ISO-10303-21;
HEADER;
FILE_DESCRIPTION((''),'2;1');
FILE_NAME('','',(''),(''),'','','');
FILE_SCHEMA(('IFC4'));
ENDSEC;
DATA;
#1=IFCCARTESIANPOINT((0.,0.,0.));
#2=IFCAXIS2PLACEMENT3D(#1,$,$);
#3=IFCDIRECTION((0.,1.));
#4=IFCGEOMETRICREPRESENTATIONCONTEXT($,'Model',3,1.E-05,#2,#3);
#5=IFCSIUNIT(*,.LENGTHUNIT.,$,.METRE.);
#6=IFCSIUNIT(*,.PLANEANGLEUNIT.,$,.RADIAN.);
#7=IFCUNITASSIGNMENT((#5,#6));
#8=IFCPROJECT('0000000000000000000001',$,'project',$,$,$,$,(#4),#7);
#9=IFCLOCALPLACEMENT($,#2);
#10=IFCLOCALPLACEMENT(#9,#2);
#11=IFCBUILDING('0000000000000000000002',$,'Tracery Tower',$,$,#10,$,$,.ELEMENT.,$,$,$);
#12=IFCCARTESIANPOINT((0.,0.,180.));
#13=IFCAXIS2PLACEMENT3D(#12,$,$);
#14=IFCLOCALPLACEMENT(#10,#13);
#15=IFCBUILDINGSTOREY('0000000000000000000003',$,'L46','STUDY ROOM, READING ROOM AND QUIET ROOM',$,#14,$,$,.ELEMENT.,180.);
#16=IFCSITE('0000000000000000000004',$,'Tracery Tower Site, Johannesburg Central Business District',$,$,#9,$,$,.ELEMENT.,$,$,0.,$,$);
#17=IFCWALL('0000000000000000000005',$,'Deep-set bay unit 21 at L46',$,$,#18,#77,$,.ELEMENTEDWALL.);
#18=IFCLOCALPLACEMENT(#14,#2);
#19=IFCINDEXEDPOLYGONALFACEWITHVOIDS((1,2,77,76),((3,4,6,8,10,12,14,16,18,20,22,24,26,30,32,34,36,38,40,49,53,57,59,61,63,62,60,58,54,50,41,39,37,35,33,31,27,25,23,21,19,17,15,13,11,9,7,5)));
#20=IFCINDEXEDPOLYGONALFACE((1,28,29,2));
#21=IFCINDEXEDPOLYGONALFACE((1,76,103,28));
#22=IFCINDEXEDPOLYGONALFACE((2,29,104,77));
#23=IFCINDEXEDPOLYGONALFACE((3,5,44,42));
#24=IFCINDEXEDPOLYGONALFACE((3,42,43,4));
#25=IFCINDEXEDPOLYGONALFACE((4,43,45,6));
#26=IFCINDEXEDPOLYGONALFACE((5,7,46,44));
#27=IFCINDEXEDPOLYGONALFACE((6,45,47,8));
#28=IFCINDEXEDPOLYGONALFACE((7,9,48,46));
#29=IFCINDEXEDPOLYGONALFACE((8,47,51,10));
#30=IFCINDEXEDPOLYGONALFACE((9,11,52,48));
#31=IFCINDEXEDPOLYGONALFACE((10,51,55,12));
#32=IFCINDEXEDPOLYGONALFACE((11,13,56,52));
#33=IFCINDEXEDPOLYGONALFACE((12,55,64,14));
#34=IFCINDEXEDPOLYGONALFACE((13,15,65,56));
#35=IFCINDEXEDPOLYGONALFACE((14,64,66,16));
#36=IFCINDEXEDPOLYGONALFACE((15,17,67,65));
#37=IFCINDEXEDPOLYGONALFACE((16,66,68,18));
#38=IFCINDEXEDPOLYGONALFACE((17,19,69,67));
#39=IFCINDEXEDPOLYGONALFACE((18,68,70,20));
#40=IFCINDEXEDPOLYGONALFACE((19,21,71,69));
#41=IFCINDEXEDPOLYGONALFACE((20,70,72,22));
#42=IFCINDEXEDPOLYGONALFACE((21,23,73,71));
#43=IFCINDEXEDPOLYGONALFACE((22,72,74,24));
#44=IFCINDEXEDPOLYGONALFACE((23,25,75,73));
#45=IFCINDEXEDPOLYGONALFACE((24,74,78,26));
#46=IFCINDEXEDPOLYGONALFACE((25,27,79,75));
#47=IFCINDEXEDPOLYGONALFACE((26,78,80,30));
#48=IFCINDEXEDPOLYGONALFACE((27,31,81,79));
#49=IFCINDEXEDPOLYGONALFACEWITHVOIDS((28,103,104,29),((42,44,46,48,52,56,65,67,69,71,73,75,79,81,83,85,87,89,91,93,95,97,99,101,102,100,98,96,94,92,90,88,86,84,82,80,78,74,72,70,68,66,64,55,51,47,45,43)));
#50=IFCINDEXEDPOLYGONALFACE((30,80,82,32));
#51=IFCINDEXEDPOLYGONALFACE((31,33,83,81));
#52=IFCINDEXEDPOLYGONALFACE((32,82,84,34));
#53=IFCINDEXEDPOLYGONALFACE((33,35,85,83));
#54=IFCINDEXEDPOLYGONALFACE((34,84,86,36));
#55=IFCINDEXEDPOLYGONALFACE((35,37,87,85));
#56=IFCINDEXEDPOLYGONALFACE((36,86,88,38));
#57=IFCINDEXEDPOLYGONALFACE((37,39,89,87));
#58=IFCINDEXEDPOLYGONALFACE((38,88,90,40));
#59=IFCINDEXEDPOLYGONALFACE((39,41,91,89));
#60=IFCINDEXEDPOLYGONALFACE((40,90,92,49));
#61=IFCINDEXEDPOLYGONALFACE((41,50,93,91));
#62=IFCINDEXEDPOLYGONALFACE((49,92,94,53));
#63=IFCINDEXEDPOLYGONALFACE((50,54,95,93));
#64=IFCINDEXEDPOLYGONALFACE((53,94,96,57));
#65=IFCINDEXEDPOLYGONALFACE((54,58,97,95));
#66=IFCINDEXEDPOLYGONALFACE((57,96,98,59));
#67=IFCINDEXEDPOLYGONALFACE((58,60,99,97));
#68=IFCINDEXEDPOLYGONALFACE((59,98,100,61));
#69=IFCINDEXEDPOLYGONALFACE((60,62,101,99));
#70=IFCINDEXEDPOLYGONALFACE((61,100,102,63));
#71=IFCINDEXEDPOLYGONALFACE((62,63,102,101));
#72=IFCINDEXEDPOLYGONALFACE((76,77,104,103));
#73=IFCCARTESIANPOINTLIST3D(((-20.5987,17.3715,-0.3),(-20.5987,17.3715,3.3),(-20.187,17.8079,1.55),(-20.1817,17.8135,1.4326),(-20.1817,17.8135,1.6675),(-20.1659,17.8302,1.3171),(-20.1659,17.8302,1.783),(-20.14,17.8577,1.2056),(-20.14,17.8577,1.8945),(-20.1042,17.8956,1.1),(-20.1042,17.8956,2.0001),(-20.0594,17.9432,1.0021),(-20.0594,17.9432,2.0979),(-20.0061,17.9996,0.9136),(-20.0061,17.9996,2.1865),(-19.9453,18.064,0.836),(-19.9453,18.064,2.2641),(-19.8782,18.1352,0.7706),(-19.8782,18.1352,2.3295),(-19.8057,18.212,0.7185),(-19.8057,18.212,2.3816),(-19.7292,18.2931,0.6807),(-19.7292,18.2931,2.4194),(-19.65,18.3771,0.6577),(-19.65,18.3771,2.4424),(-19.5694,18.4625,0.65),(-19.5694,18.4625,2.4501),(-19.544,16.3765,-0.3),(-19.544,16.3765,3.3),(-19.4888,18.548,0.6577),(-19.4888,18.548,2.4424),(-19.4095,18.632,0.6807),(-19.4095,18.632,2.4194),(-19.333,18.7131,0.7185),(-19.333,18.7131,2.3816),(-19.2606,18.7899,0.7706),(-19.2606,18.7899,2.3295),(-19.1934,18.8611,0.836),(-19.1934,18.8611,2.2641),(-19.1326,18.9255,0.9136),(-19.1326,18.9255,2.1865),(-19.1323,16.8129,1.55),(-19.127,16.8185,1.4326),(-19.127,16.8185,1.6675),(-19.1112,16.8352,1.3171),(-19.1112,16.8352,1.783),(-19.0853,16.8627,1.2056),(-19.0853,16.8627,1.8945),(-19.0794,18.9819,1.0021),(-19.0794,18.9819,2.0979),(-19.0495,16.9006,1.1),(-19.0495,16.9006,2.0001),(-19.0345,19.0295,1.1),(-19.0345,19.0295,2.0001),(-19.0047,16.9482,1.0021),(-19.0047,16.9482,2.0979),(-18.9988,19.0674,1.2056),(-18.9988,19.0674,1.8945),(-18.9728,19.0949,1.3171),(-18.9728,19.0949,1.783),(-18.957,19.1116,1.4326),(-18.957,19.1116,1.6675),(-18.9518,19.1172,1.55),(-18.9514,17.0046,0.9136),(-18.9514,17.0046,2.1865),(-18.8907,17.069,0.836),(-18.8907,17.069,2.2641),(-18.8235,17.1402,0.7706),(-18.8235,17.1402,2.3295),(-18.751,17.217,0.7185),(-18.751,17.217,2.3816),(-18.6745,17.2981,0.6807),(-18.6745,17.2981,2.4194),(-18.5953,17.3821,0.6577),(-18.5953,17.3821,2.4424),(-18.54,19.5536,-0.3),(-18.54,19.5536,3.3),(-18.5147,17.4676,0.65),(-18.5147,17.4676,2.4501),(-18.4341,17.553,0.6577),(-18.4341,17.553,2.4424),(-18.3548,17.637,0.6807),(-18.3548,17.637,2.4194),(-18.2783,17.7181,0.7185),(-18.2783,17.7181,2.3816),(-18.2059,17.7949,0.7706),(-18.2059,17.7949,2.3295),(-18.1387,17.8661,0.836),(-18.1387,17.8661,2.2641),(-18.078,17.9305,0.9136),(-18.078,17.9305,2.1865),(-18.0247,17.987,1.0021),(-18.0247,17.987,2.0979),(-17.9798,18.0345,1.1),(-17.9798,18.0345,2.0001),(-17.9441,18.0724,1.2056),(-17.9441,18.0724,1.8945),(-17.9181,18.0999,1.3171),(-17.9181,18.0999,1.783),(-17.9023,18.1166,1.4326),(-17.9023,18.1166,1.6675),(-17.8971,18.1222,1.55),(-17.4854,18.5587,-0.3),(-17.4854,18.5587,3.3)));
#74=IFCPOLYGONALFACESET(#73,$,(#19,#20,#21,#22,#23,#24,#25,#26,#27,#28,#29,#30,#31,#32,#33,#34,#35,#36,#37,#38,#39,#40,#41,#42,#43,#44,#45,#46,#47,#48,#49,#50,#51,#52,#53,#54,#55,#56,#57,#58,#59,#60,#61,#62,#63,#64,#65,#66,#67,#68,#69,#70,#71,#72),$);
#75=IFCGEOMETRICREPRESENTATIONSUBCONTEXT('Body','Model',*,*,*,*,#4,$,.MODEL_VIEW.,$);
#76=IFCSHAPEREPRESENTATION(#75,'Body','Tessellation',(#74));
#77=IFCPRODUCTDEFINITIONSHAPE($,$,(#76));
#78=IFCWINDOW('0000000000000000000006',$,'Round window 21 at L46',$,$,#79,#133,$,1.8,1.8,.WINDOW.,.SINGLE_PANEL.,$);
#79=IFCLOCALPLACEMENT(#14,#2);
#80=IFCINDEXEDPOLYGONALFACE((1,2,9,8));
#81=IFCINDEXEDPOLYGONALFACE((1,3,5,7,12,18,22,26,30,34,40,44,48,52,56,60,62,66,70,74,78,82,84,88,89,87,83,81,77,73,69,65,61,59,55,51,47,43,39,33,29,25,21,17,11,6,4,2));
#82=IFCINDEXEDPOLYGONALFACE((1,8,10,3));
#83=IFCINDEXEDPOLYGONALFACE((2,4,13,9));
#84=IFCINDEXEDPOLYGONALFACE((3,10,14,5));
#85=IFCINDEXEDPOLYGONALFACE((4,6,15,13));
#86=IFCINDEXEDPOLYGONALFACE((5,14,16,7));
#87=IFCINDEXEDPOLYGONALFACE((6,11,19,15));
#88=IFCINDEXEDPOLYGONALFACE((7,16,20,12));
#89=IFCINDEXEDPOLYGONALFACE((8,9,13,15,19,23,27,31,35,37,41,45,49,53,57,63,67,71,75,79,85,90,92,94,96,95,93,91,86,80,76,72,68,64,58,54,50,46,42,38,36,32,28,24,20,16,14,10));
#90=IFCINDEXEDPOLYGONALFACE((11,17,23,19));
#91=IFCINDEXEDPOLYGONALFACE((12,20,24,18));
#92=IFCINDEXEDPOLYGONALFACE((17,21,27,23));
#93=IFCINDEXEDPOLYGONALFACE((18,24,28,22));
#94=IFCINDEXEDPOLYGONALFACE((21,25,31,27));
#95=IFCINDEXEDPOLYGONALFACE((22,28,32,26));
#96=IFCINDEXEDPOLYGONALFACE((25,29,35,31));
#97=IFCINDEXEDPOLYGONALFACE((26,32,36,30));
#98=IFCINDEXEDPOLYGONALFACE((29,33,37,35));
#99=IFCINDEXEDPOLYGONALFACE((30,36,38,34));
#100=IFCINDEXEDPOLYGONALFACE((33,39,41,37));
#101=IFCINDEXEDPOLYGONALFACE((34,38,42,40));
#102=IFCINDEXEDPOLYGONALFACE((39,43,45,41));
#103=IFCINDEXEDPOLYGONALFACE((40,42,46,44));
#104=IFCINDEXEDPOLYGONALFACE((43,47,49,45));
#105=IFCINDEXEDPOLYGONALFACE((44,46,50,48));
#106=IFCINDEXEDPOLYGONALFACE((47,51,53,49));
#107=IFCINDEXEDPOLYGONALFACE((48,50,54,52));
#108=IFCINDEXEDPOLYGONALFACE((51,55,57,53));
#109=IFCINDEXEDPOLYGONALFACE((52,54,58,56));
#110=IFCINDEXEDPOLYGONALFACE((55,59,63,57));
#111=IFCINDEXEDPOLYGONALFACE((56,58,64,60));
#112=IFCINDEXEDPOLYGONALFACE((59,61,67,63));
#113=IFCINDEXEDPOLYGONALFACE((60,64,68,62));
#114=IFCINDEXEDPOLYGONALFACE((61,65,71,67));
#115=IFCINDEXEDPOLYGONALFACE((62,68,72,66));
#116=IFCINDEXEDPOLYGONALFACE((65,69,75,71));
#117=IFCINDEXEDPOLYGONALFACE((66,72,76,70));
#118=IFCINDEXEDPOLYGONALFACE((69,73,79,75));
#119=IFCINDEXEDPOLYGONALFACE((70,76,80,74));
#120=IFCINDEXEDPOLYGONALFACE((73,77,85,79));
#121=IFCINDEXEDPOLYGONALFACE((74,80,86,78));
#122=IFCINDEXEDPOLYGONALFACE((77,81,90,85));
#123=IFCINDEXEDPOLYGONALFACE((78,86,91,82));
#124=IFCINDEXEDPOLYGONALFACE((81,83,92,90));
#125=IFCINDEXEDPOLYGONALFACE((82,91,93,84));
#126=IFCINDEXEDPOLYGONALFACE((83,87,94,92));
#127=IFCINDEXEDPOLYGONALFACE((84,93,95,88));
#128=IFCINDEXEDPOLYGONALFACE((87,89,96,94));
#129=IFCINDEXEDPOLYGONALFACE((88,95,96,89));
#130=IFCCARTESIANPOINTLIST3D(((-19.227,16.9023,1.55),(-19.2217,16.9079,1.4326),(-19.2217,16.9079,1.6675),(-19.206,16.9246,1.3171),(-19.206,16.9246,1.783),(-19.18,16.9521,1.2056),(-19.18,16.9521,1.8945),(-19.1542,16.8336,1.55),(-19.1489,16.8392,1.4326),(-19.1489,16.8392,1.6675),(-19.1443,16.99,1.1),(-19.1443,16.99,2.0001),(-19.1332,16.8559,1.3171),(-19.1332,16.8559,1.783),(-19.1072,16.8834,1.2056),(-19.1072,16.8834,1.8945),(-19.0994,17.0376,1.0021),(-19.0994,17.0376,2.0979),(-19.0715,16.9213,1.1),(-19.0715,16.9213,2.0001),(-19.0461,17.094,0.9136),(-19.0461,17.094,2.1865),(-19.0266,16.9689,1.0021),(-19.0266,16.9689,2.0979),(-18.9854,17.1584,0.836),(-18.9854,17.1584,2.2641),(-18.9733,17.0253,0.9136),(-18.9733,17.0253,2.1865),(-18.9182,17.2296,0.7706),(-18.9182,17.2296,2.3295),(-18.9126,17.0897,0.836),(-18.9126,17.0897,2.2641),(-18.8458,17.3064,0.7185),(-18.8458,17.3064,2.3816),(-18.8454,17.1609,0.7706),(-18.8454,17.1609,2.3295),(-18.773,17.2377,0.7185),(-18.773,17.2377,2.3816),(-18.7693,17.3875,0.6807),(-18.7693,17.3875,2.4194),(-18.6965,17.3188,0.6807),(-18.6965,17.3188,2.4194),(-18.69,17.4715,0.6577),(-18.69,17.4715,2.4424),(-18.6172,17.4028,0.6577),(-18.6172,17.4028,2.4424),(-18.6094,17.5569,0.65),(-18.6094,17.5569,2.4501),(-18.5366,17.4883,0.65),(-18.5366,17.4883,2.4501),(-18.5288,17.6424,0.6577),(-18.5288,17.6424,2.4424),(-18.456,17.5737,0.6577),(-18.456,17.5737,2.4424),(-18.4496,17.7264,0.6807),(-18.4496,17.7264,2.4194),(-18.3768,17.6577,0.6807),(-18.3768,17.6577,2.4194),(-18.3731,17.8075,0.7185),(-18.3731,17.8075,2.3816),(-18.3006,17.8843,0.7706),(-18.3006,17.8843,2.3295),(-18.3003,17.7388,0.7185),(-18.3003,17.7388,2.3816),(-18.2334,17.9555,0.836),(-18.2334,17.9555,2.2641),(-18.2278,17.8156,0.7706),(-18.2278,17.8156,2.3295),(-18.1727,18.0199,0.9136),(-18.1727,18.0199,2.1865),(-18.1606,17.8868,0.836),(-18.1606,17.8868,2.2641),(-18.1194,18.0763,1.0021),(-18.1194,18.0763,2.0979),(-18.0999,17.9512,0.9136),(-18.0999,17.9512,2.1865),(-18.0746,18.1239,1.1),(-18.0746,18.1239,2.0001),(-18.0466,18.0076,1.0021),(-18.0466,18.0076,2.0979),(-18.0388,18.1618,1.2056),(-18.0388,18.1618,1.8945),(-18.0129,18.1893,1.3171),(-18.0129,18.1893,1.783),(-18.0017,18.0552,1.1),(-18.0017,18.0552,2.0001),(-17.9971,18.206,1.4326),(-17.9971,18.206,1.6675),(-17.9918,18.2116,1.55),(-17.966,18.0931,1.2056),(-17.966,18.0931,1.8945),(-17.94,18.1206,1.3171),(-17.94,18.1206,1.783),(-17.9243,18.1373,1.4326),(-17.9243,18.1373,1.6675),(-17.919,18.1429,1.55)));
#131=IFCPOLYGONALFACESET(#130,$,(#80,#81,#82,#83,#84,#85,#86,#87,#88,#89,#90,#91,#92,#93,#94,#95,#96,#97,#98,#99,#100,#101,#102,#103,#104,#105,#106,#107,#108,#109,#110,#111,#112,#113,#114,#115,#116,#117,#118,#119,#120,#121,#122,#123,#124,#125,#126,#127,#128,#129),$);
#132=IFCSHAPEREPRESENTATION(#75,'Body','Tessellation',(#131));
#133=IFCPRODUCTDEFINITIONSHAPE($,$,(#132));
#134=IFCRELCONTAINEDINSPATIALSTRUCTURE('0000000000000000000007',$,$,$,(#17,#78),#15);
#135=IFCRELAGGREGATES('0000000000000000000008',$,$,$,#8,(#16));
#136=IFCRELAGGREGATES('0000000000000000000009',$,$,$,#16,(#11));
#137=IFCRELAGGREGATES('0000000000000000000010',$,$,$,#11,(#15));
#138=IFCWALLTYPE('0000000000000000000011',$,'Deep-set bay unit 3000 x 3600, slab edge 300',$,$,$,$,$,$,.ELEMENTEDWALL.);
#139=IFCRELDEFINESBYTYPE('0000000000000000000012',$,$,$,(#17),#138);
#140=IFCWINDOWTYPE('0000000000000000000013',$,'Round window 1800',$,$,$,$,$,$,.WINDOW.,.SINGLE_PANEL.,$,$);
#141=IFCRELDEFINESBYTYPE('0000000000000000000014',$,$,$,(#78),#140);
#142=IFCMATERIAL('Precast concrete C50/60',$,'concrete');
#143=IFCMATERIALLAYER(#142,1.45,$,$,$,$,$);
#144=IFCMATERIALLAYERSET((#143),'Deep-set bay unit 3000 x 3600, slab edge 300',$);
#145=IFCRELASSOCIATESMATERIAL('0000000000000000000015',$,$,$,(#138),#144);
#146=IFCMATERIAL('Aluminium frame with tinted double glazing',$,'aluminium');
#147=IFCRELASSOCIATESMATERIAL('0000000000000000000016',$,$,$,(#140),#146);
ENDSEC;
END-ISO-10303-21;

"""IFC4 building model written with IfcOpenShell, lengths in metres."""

from ifc_helpers import new_model, si_unit, direction, frame, frame_2d, origin, origin_2d, place, context, subcontext, project, spatial, rectangle, circle, extrude, material, layer, layer_set, type_object, element, fill, save


model = new_model("IFC4")

# Units and contexts
model_context = context("Model", 3, precision=1e-05, world=origin(), true_north=direction((0.0, 1.0)))
body_context = subcontext(model_context, "Body", "Model", "MODEL_VIEW")
ifc_project = project(units=[si_unit("LENGTHUNIT", "METRE"), si_unit("PLANEANGLEUNIT", "RADIAN")], contexts=[model_context])

# Site, building, storey
site_placement = place(None, origin())
site = spatial("IfcSite", under=ifc_project, at=site_placement, Name="Tracery Tower Site, Johannesburg Central Business District", CompositionType="ELEMENT", RefElevation=0.0)
building_placement = place(site_placement, origin())
building = spatial("IfcBuilding", under=site, at=building_placement, Name="Tracery Tower", CompositionType="ELEMENT")
storey_placement = place(building_placement, frame((0.0, 0.0, 180.0)))
storey = spatial("IfcBuildingStorey", under=building, at=storey_placement, Name="L46", Description="STUDY ROOM, READING ROOM AND QUIET ROOM", CompositionType="ELEMENT", Elevation=180.0)

# Wall, opening, window
ifc_material_1 = material(Name="Precast concrete C50/60", Category="concrete")
ifc_layer_1 = layer(ifc_material_1, 1.45)
ifc_layer_set_1 = layer_set([ifc_layer_1], Name="Deep-set bay unit 3000 x 3600, slab edge 300")
wall_type_1 = type_object("IfcWallType", Name="Deep-set bay unit 3000 x 3600, slab edge 300", PredefinedType="ELEMENTEDWALL", material=ifc_layer_set_1)
wall_1_placement = place(storey_placement, frame((-18.0127, 19.0562, -0.3), z_axis=(0.0, 0.0, 1.0), x_axis=(-0.686217, -0.727397, 0.0)))
wall_1 = element("IfcWall", 1, at=wall_1_placement, inside=storey, type_object=wall_type_1, Name="Deep-set bay unit 21 at L46", PredefinedType="ELEMENTEDWALL", context=body_context, shape_type="SweptSolid", body=[
    extrude(rectangle(XDim=3.0, YDim=1.45, at=frame_2d((1.5, 0.0))), origin(), (0.0, 0.0, 1.0), 3.6001),
])
opening_1_placement = place(wall_1_placement, frame((1.5, 0.0, 1.8501)))
opening_1 = element("IfcOpeningElement", 2, at=opening_1_placement, cuts=wall_1, PredefinedType="OPENING", context=body_context, shape_type="SweptSolid", body=[
    extrude(circle(Radius=0.9, at=origin_2d()), frame((0.0, 0.7349, 0.0), z_axis=(0.0, -1.0, 0.0), x_axis=(1.0, 0.0, 0.0)), (0.0, 0.0, 1.0), 1.47),
])
ifc_material_2 = material(Name="Aluminium frame with tinted double glazing", Category="aluminium")
window_type = type_object("IfcWindowType", Name="Round window 1800", PartitioningType="SINGLE_PANEL", PredefinedType="WINDOW", material=ifc_material_2)
window_1_placement = place(opening_1_placement, origin())
window_1 = element("IfcWindow", 3, at=window_1_placement, inside=storey, type_object=window_type, Name="Round window 21 at L46", OverallHeight=1.8, OverallWidth=1.8, PartitioningType="SINGLE_PANEL", PredefinedType="WINDOW", context=body_context, shape_type="SweptSolid", body=[
    extrude(circle(Radius=0.9, at=origin_2d()), frame((0.0, 0.6948, 0.0), z_axis=(0.0, -1.0, 0.0), x_axis=(1.0, 0.0, 0.0)), (0.0, 0.0, 1.0), 0.1001),
])
fill(opening_1, window_1)

save(model, "model.ifc")
